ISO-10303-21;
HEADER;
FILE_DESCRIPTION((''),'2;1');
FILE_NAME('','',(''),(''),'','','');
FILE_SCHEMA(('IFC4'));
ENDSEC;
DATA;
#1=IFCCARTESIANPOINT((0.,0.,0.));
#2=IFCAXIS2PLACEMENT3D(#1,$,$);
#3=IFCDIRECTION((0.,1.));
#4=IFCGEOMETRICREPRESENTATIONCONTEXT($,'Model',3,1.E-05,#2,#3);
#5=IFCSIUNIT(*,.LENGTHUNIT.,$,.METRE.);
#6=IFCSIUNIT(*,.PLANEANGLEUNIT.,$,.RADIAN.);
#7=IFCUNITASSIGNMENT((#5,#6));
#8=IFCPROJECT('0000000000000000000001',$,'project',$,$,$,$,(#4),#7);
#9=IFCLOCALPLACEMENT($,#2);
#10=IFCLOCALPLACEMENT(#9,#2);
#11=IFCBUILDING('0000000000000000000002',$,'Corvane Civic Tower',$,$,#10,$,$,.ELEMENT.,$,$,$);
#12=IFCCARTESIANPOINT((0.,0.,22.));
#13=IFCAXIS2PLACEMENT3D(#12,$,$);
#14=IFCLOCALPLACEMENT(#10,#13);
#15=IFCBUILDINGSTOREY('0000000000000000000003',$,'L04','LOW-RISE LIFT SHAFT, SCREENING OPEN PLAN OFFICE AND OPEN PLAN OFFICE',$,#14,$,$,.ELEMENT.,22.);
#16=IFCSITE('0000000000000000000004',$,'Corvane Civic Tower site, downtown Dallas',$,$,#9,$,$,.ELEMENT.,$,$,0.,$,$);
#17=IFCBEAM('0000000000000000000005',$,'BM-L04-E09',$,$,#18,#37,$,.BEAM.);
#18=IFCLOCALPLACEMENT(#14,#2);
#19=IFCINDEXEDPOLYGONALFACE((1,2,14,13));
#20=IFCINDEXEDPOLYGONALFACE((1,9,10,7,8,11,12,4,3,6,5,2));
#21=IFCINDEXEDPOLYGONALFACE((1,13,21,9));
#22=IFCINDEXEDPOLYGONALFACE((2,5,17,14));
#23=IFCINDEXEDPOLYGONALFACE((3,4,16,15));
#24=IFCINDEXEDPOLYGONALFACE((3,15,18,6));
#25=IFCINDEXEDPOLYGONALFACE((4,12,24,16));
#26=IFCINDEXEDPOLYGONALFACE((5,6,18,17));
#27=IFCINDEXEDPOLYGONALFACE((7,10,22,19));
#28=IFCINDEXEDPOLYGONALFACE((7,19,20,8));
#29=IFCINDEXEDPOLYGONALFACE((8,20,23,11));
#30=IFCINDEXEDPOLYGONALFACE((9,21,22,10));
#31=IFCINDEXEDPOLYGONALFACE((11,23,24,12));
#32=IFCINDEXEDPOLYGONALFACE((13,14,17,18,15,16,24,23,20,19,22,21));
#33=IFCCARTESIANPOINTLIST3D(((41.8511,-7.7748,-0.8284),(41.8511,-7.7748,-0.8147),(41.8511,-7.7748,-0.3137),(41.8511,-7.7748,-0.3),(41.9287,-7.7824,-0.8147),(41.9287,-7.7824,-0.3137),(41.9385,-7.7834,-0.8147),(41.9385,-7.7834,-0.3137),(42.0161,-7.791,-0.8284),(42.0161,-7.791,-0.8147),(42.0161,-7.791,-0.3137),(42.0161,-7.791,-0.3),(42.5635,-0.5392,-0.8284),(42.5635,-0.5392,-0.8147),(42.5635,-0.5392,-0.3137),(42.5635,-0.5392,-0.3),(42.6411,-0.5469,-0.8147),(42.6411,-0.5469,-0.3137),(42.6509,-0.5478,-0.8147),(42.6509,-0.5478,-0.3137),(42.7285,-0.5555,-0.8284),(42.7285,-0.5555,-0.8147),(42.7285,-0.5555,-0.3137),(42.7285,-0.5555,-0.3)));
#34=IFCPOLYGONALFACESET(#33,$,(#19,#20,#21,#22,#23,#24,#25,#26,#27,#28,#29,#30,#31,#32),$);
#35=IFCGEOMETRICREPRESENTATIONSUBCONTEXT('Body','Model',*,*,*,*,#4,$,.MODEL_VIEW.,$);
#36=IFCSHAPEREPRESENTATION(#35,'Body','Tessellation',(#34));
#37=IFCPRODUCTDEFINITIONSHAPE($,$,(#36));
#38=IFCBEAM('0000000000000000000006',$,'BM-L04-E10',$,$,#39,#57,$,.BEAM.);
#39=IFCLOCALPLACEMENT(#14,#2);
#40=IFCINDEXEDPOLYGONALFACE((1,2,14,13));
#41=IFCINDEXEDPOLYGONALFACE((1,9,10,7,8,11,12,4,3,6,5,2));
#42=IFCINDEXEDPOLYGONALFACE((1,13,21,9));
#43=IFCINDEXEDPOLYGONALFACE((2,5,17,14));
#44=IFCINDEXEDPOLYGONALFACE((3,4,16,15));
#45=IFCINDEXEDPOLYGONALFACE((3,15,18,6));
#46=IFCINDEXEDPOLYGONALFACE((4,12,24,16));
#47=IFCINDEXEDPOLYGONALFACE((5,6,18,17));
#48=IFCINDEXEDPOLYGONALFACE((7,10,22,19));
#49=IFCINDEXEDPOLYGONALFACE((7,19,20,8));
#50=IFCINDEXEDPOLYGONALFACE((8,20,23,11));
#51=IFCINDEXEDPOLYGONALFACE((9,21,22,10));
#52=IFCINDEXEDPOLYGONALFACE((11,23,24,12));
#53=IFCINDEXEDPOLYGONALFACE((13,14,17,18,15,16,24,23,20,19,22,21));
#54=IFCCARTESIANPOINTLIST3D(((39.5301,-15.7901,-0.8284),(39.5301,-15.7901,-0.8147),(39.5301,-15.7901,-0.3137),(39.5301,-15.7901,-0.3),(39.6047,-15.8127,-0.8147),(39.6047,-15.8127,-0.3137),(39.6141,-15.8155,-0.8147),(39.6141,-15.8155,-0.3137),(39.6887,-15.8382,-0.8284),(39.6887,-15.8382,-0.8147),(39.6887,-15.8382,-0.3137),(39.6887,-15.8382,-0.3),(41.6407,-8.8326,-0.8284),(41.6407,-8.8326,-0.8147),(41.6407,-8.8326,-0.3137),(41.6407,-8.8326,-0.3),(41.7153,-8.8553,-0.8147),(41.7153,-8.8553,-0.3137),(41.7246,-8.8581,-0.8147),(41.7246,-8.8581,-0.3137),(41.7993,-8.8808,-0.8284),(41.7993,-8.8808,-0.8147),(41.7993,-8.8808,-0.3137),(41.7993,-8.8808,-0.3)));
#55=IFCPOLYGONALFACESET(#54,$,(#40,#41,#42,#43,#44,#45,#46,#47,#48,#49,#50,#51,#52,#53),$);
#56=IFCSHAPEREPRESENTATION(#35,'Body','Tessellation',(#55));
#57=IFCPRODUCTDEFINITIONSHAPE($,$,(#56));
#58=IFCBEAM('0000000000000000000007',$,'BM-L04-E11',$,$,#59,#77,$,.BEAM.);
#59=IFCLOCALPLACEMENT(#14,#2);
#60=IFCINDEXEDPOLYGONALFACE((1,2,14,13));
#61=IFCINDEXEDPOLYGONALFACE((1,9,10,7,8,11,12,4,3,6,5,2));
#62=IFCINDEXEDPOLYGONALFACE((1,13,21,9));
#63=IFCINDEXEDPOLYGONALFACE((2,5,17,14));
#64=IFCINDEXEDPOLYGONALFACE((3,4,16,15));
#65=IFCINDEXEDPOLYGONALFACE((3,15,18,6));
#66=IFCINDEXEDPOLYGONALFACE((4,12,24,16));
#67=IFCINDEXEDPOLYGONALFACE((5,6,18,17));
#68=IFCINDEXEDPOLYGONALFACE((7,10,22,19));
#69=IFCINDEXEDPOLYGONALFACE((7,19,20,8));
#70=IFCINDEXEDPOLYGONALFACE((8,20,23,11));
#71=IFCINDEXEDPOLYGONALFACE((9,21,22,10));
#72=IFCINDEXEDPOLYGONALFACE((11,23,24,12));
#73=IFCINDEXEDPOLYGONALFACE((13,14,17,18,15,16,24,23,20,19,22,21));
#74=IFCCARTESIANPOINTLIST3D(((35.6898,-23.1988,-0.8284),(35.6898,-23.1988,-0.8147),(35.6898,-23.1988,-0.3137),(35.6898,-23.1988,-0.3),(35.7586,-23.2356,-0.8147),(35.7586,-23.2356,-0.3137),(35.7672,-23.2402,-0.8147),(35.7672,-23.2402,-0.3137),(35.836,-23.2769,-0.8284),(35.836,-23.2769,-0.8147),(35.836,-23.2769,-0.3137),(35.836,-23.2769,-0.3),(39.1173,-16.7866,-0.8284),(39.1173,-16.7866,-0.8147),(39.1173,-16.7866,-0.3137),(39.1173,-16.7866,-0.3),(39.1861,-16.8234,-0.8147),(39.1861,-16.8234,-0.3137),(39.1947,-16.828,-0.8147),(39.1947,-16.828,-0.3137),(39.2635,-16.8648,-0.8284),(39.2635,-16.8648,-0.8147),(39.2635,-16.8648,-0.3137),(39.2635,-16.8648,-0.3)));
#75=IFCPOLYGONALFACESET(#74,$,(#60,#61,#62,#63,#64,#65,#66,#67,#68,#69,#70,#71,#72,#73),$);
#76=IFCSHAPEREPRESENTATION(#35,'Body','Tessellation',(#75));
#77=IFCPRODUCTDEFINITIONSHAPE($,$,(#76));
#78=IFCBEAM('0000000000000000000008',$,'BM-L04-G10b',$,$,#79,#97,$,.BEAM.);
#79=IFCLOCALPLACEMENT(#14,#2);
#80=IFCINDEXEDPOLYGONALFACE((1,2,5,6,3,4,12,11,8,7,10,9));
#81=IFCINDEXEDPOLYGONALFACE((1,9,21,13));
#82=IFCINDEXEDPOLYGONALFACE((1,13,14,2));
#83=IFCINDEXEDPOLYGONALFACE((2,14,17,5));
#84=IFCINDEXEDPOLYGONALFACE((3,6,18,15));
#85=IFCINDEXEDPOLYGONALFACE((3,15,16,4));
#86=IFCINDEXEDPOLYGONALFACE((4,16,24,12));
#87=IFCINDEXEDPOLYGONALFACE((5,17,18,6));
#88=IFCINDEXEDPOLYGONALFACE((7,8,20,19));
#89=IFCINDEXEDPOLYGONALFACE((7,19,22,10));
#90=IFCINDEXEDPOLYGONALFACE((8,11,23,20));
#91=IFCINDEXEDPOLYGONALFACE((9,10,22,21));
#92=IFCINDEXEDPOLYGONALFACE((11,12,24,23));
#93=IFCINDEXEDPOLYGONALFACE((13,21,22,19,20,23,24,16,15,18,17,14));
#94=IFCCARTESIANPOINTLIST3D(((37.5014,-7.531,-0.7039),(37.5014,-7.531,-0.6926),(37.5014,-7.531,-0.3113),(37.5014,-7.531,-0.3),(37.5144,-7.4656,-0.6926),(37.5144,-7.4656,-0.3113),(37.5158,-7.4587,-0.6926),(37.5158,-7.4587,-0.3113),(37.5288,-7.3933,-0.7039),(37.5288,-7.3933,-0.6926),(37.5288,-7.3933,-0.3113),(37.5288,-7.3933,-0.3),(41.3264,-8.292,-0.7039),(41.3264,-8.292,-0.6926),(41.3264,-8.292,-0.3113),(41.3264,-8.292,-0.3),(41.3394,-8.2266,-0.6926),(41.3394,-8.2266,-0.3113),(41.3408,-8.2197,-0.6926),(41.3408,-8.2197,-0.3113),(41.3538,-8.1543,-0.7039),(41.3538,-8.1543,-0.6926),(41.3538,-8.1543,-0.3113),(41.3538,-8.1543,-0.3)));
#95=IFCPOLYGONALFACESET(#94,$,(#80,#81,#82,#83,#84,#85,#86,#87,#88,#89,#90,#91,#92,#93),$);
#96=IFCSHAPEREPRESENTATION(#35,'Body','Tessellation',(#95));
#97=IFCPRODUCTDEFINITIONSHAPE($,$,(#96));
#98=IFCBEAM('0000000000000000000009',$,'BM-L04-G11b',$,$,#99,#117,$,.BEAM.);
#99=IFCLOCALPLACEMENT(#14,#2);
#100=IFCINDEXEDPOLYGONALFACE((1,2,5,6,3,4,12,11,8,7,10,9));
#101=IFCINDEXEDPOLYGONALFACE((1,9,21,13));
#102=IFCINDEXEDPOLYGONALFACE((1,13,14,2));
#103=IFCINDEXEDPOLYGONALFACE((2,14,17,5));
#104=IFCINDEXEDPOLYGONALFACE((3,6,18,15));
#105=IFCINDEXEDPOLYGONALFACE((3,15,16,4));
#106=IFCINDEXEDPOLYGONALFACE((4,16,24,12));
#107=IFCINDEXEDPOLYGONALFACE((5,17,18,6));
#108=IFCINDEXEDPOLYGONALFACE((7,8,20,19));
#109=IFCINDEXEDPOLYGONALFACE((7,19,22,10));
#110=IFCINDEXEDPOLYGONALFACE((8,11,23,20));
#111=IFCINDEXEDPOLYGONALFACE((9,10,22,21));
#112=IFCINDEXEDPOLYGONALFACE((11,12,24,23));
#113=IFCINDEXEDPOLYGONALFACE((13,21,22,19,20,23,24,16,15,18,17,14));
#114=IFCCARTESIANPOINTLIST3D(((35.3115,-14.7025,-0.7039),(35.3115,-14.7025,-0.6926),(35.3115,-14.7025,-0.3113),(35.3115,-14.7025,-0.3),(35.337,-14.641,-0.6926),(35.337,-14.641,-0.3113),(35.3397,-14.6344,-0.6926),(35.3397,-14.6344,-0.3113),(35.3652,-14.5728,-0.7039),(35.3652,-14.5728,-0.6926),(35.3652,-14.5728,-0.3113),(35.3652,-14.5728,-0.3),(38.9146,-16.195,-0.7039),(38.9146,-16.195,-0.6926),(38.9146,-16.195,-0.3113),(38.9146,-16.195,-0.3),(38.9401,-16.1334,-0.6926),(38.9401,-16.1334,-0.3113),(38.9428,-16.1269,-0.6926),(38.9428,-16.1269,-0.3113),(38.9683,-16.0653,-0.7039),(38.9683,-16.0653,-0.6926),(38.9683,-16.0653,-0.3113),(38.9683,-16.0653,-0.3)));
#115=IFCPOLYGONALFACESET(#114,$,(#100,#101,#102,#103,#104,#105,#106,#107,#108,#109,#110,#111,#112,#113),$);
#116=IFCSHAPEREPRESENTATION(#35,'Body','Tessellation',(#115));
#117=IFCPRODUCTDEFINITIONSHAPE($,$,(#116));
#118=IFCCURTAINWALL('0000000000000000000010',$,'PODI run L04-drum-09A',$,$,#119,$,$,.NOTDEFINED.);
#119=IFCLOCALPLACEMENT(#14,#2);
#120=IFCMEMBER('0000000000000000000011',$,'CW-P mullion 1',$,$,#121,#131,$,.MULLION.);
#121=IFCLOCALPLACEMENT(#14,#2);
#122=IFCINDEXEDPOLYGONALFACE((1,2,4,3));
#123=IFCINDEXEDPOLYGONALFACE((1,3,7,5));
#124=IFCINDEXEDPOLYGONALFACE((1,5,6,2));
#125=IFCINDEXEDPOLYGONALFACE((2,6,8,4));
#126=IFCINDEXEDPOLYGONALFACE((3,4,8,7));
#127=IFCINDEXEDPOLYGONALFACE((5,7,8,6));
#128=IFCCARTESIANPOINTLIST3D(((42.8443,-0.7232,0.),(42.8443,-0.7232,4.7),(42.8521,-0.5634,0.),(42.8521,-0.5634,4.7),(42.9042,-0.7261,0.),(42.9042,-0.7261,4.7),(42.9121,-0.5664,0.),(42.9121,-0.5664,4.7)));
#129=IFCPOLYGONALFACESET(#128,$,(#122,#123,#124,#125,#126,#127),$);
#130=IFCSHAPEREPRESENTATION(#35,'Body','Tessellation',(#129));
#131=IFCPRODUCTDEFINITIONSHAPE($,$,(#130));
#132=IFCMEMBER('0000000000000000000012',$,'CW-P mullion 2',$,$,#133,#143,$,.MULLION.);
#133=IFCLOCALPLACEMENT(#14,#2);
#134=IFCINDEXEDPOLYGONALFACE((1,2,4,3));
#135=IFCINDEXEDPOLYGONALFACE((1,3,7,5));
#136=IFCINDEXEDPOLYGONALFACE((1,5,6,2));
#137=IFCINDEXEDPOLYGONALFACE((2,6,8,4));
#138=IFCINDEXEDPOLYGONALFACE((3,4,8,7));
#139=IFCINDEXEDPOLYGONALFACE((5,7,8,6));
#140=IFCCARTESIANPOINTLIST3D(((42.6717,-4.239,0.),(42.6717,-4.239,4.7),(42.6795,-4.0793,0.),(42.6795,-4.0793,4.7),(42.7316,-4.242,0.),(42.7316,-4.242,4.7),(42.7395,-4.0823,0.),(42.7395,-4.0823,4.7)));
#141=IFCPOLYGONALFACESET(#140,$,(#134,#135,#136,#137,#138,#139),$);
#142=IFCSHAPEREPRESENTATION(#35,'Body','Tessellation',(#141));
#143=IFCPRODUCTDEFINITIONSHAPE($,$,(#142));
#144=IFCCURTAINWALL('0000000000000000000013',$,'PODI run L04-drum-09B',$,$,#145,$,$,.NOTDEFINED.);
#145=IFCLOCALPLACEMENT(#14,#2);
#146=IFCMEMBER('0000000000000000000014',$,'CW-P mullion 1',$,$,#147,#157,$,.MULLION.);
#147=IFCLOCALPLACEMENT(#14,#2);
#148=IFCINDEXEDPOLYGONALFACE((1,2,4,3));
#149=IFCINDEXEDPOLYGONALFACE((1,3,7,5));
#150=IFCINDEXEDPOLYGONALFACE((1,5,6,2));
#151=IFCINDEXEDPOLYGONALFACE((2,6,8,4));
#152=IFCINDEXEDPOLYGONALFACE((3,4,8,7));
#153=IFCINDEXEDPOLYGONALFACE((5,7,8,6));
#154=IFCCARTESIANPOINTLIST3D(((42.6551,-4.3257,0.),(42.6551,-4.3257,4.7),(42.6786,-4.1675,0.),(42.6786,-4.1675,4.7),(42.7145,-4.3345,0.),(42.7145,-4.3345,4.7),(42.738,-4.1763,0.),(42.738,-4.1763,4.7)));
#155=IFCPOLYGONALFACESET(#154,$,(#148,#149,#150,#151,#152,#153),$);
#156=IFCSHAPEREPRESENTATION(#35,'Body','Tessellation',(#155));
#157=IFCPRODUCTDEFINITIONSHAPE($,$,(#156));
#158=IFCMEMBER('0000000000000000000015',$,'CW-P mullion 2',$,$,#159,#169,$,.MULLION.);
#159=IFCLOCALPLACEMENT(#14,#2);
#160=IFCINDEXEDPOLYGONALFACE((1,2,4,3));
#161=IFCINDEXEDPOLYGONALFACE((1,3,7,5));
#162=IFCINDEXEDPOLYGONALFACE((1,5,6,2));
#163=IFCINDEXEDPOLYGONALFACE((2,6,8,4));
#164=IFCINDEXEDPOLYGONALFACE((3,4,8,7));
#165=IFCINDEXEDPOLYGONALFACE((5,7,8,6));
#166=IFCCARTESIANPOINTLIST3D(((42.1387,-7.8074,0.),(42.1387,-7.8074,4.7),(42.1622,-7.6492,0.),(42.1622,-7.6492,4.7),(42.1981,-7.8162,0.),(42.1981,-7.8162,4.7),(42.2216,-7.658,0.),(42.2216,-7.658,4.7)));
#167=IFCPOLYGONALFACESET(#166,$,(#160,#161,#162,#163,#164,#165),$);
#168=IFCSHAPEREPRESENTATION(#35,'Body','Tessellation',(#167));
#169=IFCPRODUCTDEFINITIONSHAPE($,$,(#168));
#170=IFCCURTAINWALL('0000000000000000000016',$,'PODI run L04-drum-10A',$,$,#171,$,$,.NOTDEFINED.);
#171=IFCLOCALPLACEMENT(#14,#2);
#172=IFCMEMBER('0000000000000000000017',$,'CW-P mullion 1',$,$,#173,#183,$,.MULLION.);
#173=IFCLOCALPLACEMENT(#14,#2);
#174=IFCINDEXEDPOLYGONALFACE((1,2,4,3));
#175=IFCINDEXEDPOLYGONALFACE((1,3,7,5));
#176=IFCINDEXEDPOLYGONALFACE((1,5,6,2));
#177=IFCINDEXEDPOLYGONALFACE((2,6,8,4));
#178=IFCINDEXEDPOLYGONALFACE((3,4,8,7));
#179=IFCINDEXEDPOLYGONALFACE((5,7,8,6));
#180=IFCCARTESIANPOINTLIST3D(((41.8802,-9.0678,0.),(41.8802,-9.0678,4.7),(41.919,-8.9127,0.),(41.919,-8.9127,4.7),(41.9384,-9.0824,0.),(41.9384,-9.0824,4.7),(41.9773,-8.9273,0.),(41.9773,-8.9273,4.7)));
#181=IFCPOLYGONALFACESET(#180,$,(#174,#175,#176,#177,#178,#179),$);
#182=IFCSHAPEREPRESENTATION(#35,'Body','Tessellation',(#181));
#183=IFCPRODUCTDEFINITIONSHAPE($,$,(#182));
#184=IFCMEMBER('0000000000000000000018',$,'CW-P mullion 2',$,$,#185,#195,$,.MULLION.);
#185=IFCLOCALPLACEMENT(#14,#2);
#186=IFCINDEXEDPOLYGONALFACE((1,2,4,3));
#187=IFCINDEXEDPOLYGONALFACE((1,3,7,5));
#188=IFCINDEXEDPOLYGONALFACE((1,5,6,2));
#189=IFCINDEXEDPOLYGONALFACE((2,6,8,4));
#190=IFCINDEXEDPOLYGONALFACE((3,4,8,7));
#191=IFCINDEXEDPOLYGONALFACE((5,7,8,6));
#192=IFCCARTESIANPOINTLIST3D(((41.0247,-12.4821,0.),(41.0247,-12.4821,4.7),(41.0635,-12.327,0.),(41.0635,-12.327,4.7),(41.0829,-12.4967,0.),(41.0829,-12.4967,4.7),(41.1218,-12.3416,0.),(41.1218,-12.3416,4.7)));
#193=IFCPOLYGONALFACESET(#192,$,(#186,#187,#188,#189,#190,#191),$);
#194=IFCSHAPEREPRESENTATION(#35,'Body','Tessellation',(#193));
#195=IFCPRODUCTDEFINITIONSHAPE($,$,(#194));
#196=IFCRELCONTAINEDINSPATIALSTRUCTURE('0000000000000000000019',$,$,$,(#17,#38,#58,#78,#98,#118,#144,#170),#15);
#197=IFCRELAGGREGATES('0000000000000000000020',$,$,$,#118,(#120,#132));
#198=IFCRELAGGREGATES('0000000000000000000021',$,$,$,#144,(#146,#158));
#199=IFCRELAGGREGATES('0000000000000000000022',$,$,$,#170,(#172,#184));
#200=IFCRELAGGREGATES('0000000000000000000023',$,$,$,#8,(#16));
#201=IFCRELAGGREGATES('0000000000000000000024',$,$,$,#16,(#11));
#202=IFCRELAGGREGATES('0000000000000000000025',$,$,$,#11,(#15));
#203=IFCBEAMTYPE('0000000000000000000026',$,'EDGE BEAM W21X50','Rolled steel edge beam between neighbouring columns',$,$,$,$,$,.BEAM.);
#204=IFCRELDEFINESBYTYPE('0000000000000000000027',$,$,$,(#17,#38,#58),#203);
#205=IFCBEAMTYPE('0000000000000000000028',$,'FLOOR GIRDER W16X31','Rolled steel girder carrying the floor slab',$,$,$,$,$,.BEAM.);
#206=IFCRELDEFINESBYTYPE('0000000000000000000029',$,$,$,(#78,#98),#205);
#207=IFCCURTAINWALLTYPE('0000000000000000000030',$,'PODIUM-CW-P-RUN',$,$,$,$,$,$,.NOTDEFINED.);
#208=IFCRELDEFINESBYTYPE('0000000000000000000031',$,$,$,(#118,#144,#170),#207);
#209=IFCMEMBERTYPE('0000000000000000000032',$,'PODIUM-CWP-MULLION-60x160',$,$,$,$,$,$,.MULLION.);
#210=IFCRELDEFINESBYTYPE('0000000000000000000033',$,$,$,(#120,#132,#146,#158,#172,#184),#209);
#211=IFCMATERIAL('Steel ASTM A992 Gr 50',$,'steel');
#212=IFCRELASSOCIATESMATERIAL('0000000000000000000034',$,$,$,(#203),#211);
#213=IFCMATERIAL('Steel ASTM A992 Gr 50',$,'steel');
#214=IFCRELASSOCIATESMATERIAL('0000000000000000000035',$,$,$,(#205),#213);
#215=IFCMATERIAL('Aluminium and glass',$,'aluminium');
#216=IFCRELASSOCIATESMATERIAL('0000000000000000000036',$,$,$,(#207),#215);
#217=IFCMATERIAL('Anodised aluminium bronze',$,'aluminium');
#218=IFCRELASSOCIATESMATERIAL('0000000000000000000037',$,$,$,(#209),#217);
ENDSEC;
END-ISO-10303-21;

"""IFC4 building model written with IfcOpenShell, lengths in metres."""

from ifc_helpers import new_model, si_unit, direction, frame, origin, origin_2d, place, context, subcontext, project, spatial, rectangle, i_section, extrude, material, material_profile, profile_set, type_object, element, aggregate, save


model = new_model("IFC4")

# Units and contexts
model_context = context("Model", 3, precision=1e-05, world=origin(), true_north=direction((0.0, 1.0)))
body_context = subcontext(model_context, "Body", "Model", "MODEL_VIEW")
ifc_project = project(units=[si_unit("LENGTHUNIT", "METRE"), si_unit("PLANEANGLEUNIT", "RADIAN")], contexts=[model_context])

# Site, building, storey
site_placement = place(None, origin())
site = spatial("IfcSite", under=ifc_project, at=site_placement, Name="Corvane Civic Tower site, downtown Dallas", CompositionType="ELEMENT", RefElevation=0.0)
building_placement = place(site_placement, origin())
building = spatial("IfcBuilding", under=site, at=building_placement, Name="Corvane Civic Tower", CompositionType="ELEMENT")
storey_placement = place(building_placement, frame((0.0, 0.0, 22.0)))
storey = spatial("IfcBuildingStorey", under=building, at=storey_placement, Name="L04", Description="LOW-RISE LIFT SHAFT, SCREENING OPEN PLAN OFFICE AND OPEN PLAN OFFICE", CompositionType="ELEMENT", Elevation=22.0)

# Beams
ifc_material_1 = material(Name="Steel ASTM A992 Gr 50", Category="steel")
ifc_material_profile_1 = material_profile(ifc_material_1, i_section(OverallWidth=0.1658, OverallDepth=0.5283, WebThickness=0.0098, FlangeThickness=0.0137, at=origin_2d()), Name="W21X50")
ifc_profile_set_1 = profile_set([ifc_material_profile_1], Name="Steel ASTM A992 Gr 50")
beam_type_1 = type_object("IfcBeamType", Name="EDGE BEAM W21X50", Description="Rolled steel edge beam between neighbouring columns", PredefinedType="BEAM", material=ifc_profile_set_1)
for number, where, z_axis, x_axis, name in (
    (1, (42.646, -0.5474, -0.5642), (-0.097984, -0.995188, 0.0), (0.995188, -0.097984, 0.0), "BM-L04-E09"),
    (2, (41.72, -8.8567, -0.5642), (-0.290292, -0.956938, 0.0), (0.956938, -0.290292, 0.0), "BM-L04-E10"),
):
    element("IfcBeam", number, at=place(storey_placement, frame(where, z_axis=z_axis, x_axis=x_axis)), inside=storey, type_object=beam_type_1, Name=name, PredefinedType="BEAM", context=body_context, shape_type="SweptSolid", body=[
        extrude(i_section(OverallWidth=0.1658, OverallDepth=0.5283, WebThickness=0.0098, FlangeThickness=0.0137, at=origin_2d()), origin(), (0.0, 0.0, 1.0), 7.2705),
    ])
beam_placement = place(storey_placement, frame((39.1904, -16.8257, -0.5642), z_axis=(-0.471412, -0.881913, 0.0), x_axis=(0.881913, -0.471412, 0.0)))
element("IfcBeam", 3, at=beam_placement, inside=storey, type_object=beam_type_1, Name="BM-L04-E11", PredefinedType="BEAM", context=body_context, shape_type="SweptSolid", body=[
    extrude(i_section(OverallWidth=0.1658, OverallDepth=0.5283, WebThickness=0.0098, FlangeThickness=0.0137, at=origin_2d()), origin(), (0.0, 0.0, 1.0), 7.2708),
])
ifc_material_2 = material(Name="Steel ASTM A992 Gr 50", Category="steel")
ifc_material_profile_2 = material_profile(ifc_material_2, i_section(OverallWidth=0.1404, OverallDepth=0.4038, WebThickness=0.0071, FlangeThickness=0.0112, at=origin_2d()), Name="W16X31")
ifc_profile_set_2 = profile_set([ifc_material_profile_2], Name="Steel ASTM A992 Gr 50")
beam_type_2 = type_object("IfcBeamType", Name="FLOOR GIRDER W16X31", Description="Rolled steel girder carrying the floor slab", PredefinedType="BEAM", material=ifc_profile_set_2)
for number, where, z_axis, x_axis, name in (
    (4, (37.5151, -7.4622, -0.502), (0.980778, -0.195129, 0.0), (0.195129, 0.980778, 0.0), "BM-L04-G10b"),
    (5, (35.3384, -14.6377, -0.502), (0.923879, -0.382685, 0.0), (0.382685, 0.923879, 0.0), "BM-L04-G11b"),
):
    element("IfcBeam", number, at=place(storey_placement, frame(where, z_axis=z_axis, x_axis=x_axis)), inside=storey, type_object=beam_type_2, Name=name, PredefinedType="BEAM", context=body_context, shape_type="SweptSolid", body=[
        extrude(i_section(OverallWidth=0.1404, OverallDepth=0.4038, WebThickness=0.0071, FlangeThickness=0.0112, at=origin_2d()), origin(), (0.0, 0.0, 1.0), 3.8999),
    ])

# Curtain walls, members
ifc_material_3 = material(Name="Aluminium and glass", Category="aluminium")
curtain_wall_type = type_object("IfcCurtainWallType", Name="PODIUM-CW-P-RUN", PredefinedType="NOTDEFINED", material=ifc_material_3)
curtain_wall_1_placement = place(storey_placement, origin())
curtain_wall_1 = element("IfcCurtainWall", 6, at=curtain_wall_1_placement, inside=storey, type_object=curtain_wall_type, Name="PODI run L04-drum-09A", PredefinedType="NOTDEFINED")
ifc_material_4 = material(Name="Anodised aluminium bronze", Category="aluminium")
ifc_material_profile_3 = material_profile(ifc_material_4, rectangle(XDim=0.0601, YDim=0.1599, at=origin_2d()), Name="AL 60x160")
ifc_profile_set_3 = profile_set([ifc_material_profile_3], Name="Anodised aluminium bronze")
member_type_1 = type_object("IfcMemberType", Name="PODIUM-CWP-MULLION-60x160", PredefinedType="MULLION", material=ifc_profile_set_3)
member_1_placement = place(storey_placement, frame((42.8782, -0.6448, 0.0), z_axis=(0.0, 0.0, 1.0), x_axis=(0.998796, -0.04905, 0.0)))
member_1 = element("IfcMember", 7, at=member_1_placement, type_object=member_type_1, Name="CW-P mullion 1", PredefinedType="MULLION", context=body_context, shape_type="SweptSolid", body=[
    extrude(rectangle(XDim=0.0601, YDim=0.1599, at=origin_2d()), origin(), (0.0, 0.0, 1.0), 4.7),
])
member_2_placement = place(storey_placement, frame((42.7056, -4.1606, 0.0), z_axis=(0.0, 0.0, 1.0), x_axis=(0.998796, -0.04905, 0.0)))
member_2 = element("IfcMember", 8, at=member_2_placement, type_object=member_type_1, Name="CW-P mullion 2", PredefinedType="MULLION", context=body_context, shape_type="SweptSolid", body=[
    extrude(rectangle(XDim=0.0601, YDim=0.1599, at=origin_2d()), origin(), (0.0, 0.0, 1.0), 4.7),
])
curtain_wall_2_placement = place(storey_placement, origin())
curtain_wall_2 = element("IfcCurtainWall", 9, at=curtain_wall_2_placement, inside=storey, type_object=curtain_wall_type, Name="PODI run L04-drum-09B", PredefinedType="NOTDEFINED")
member_3_placement = place(storey_placement, frame((42.6965, -4.251, 0.0), z_axis=(0.0, 0.0, 1.0), x_axis=(0.989179, -0.146715, 0.0)))
member_3 = element("IfcMember", 10, at=member_3_placement, type_object=member_type_1, Name="CW-P mullion 1", PredefinedType="MULLION", context=body_context, shape_type="SweptSolid", body=[
    extrude(rectangle(XDim=0.0601, YDim=0.1599, at=origin_2d()), origin(), (0.0, 0.0, 1.0), 4.7),
])
member_4_placement = place(storey_placement, frame((42.1802, -7.7327, 0.0), z_axis=(0.0, 0.0, 1.0), x_axis=(0.989179, -0.146715, 0.0)))
member_4 = element("IfcMember", 11, at=member_4_placement, type_object=member_type_1, Name="CW-P mullion 2", PredefinedType="MULLION", context=body_context, shape_type="SweptSolid", body=[
    extrude(rectangle(XDim=0.0601, YDim=0.1599, at=origin_2d()), origin(), (0.0, 0.0, 1.0), 4.7),
])
curtain_wall_3_placement = place(storey_placement, origin())
curtain_wall_3 = element("IfcCurtainWall", 12, at=curtain_wall_3_placement, inside=storey, type_object=curtain_wall_type, Name="PODI run L04-drum-10A", PredefinedType="NOTDEFINED")
member_5_placement = place(storey_placement, frame((41.9287, -8.9976, 0.0), z_axis=(0.0, 0.0, 1.0), x_axis=(0.970024, -0.243009, 0.0)))
member_5 = element("IfcMember", 13, at=member_5_placement, type_object=member_type_1, Name="CW-P mullion 1", PredefinedType="MULLION", context=body_context, shape_type="SweptSolid", body=[
    extrude(rectangle(XDim=0.0601, YDim=0.1599, at=origin_2d()), origin(), (0.0, 0.0, 1.0), 4.7),
])
member_6_placement = place(storey_placement, frame((41.0732, -12.4119, 0.0), z_axis=(0.0, 0.0, 1.0), x_axis=(0.970024, -0.243009, 0.0)))
member_6 = element("IfcMember", 14, at=member_6_placement, type_object=member_type_1, Name="CW-P mullion 2", PredefinedType="MULLION", context=body_context, shape_type="SweptSolid", body=[
    extrude(rectangle(XDim=0.0601, YDim=0.1599, at=origin_2d()), origin(), (0.0, 0.0, 1.0), 4.7),
])

aggregate(curtain_wall_1, [member_1, member_2])
aggregate(curtain_wall_2, [member_3, member_4])
aggregate(curtain_wall_3, [member_5, member_6])

save(model, "model.ifc")
